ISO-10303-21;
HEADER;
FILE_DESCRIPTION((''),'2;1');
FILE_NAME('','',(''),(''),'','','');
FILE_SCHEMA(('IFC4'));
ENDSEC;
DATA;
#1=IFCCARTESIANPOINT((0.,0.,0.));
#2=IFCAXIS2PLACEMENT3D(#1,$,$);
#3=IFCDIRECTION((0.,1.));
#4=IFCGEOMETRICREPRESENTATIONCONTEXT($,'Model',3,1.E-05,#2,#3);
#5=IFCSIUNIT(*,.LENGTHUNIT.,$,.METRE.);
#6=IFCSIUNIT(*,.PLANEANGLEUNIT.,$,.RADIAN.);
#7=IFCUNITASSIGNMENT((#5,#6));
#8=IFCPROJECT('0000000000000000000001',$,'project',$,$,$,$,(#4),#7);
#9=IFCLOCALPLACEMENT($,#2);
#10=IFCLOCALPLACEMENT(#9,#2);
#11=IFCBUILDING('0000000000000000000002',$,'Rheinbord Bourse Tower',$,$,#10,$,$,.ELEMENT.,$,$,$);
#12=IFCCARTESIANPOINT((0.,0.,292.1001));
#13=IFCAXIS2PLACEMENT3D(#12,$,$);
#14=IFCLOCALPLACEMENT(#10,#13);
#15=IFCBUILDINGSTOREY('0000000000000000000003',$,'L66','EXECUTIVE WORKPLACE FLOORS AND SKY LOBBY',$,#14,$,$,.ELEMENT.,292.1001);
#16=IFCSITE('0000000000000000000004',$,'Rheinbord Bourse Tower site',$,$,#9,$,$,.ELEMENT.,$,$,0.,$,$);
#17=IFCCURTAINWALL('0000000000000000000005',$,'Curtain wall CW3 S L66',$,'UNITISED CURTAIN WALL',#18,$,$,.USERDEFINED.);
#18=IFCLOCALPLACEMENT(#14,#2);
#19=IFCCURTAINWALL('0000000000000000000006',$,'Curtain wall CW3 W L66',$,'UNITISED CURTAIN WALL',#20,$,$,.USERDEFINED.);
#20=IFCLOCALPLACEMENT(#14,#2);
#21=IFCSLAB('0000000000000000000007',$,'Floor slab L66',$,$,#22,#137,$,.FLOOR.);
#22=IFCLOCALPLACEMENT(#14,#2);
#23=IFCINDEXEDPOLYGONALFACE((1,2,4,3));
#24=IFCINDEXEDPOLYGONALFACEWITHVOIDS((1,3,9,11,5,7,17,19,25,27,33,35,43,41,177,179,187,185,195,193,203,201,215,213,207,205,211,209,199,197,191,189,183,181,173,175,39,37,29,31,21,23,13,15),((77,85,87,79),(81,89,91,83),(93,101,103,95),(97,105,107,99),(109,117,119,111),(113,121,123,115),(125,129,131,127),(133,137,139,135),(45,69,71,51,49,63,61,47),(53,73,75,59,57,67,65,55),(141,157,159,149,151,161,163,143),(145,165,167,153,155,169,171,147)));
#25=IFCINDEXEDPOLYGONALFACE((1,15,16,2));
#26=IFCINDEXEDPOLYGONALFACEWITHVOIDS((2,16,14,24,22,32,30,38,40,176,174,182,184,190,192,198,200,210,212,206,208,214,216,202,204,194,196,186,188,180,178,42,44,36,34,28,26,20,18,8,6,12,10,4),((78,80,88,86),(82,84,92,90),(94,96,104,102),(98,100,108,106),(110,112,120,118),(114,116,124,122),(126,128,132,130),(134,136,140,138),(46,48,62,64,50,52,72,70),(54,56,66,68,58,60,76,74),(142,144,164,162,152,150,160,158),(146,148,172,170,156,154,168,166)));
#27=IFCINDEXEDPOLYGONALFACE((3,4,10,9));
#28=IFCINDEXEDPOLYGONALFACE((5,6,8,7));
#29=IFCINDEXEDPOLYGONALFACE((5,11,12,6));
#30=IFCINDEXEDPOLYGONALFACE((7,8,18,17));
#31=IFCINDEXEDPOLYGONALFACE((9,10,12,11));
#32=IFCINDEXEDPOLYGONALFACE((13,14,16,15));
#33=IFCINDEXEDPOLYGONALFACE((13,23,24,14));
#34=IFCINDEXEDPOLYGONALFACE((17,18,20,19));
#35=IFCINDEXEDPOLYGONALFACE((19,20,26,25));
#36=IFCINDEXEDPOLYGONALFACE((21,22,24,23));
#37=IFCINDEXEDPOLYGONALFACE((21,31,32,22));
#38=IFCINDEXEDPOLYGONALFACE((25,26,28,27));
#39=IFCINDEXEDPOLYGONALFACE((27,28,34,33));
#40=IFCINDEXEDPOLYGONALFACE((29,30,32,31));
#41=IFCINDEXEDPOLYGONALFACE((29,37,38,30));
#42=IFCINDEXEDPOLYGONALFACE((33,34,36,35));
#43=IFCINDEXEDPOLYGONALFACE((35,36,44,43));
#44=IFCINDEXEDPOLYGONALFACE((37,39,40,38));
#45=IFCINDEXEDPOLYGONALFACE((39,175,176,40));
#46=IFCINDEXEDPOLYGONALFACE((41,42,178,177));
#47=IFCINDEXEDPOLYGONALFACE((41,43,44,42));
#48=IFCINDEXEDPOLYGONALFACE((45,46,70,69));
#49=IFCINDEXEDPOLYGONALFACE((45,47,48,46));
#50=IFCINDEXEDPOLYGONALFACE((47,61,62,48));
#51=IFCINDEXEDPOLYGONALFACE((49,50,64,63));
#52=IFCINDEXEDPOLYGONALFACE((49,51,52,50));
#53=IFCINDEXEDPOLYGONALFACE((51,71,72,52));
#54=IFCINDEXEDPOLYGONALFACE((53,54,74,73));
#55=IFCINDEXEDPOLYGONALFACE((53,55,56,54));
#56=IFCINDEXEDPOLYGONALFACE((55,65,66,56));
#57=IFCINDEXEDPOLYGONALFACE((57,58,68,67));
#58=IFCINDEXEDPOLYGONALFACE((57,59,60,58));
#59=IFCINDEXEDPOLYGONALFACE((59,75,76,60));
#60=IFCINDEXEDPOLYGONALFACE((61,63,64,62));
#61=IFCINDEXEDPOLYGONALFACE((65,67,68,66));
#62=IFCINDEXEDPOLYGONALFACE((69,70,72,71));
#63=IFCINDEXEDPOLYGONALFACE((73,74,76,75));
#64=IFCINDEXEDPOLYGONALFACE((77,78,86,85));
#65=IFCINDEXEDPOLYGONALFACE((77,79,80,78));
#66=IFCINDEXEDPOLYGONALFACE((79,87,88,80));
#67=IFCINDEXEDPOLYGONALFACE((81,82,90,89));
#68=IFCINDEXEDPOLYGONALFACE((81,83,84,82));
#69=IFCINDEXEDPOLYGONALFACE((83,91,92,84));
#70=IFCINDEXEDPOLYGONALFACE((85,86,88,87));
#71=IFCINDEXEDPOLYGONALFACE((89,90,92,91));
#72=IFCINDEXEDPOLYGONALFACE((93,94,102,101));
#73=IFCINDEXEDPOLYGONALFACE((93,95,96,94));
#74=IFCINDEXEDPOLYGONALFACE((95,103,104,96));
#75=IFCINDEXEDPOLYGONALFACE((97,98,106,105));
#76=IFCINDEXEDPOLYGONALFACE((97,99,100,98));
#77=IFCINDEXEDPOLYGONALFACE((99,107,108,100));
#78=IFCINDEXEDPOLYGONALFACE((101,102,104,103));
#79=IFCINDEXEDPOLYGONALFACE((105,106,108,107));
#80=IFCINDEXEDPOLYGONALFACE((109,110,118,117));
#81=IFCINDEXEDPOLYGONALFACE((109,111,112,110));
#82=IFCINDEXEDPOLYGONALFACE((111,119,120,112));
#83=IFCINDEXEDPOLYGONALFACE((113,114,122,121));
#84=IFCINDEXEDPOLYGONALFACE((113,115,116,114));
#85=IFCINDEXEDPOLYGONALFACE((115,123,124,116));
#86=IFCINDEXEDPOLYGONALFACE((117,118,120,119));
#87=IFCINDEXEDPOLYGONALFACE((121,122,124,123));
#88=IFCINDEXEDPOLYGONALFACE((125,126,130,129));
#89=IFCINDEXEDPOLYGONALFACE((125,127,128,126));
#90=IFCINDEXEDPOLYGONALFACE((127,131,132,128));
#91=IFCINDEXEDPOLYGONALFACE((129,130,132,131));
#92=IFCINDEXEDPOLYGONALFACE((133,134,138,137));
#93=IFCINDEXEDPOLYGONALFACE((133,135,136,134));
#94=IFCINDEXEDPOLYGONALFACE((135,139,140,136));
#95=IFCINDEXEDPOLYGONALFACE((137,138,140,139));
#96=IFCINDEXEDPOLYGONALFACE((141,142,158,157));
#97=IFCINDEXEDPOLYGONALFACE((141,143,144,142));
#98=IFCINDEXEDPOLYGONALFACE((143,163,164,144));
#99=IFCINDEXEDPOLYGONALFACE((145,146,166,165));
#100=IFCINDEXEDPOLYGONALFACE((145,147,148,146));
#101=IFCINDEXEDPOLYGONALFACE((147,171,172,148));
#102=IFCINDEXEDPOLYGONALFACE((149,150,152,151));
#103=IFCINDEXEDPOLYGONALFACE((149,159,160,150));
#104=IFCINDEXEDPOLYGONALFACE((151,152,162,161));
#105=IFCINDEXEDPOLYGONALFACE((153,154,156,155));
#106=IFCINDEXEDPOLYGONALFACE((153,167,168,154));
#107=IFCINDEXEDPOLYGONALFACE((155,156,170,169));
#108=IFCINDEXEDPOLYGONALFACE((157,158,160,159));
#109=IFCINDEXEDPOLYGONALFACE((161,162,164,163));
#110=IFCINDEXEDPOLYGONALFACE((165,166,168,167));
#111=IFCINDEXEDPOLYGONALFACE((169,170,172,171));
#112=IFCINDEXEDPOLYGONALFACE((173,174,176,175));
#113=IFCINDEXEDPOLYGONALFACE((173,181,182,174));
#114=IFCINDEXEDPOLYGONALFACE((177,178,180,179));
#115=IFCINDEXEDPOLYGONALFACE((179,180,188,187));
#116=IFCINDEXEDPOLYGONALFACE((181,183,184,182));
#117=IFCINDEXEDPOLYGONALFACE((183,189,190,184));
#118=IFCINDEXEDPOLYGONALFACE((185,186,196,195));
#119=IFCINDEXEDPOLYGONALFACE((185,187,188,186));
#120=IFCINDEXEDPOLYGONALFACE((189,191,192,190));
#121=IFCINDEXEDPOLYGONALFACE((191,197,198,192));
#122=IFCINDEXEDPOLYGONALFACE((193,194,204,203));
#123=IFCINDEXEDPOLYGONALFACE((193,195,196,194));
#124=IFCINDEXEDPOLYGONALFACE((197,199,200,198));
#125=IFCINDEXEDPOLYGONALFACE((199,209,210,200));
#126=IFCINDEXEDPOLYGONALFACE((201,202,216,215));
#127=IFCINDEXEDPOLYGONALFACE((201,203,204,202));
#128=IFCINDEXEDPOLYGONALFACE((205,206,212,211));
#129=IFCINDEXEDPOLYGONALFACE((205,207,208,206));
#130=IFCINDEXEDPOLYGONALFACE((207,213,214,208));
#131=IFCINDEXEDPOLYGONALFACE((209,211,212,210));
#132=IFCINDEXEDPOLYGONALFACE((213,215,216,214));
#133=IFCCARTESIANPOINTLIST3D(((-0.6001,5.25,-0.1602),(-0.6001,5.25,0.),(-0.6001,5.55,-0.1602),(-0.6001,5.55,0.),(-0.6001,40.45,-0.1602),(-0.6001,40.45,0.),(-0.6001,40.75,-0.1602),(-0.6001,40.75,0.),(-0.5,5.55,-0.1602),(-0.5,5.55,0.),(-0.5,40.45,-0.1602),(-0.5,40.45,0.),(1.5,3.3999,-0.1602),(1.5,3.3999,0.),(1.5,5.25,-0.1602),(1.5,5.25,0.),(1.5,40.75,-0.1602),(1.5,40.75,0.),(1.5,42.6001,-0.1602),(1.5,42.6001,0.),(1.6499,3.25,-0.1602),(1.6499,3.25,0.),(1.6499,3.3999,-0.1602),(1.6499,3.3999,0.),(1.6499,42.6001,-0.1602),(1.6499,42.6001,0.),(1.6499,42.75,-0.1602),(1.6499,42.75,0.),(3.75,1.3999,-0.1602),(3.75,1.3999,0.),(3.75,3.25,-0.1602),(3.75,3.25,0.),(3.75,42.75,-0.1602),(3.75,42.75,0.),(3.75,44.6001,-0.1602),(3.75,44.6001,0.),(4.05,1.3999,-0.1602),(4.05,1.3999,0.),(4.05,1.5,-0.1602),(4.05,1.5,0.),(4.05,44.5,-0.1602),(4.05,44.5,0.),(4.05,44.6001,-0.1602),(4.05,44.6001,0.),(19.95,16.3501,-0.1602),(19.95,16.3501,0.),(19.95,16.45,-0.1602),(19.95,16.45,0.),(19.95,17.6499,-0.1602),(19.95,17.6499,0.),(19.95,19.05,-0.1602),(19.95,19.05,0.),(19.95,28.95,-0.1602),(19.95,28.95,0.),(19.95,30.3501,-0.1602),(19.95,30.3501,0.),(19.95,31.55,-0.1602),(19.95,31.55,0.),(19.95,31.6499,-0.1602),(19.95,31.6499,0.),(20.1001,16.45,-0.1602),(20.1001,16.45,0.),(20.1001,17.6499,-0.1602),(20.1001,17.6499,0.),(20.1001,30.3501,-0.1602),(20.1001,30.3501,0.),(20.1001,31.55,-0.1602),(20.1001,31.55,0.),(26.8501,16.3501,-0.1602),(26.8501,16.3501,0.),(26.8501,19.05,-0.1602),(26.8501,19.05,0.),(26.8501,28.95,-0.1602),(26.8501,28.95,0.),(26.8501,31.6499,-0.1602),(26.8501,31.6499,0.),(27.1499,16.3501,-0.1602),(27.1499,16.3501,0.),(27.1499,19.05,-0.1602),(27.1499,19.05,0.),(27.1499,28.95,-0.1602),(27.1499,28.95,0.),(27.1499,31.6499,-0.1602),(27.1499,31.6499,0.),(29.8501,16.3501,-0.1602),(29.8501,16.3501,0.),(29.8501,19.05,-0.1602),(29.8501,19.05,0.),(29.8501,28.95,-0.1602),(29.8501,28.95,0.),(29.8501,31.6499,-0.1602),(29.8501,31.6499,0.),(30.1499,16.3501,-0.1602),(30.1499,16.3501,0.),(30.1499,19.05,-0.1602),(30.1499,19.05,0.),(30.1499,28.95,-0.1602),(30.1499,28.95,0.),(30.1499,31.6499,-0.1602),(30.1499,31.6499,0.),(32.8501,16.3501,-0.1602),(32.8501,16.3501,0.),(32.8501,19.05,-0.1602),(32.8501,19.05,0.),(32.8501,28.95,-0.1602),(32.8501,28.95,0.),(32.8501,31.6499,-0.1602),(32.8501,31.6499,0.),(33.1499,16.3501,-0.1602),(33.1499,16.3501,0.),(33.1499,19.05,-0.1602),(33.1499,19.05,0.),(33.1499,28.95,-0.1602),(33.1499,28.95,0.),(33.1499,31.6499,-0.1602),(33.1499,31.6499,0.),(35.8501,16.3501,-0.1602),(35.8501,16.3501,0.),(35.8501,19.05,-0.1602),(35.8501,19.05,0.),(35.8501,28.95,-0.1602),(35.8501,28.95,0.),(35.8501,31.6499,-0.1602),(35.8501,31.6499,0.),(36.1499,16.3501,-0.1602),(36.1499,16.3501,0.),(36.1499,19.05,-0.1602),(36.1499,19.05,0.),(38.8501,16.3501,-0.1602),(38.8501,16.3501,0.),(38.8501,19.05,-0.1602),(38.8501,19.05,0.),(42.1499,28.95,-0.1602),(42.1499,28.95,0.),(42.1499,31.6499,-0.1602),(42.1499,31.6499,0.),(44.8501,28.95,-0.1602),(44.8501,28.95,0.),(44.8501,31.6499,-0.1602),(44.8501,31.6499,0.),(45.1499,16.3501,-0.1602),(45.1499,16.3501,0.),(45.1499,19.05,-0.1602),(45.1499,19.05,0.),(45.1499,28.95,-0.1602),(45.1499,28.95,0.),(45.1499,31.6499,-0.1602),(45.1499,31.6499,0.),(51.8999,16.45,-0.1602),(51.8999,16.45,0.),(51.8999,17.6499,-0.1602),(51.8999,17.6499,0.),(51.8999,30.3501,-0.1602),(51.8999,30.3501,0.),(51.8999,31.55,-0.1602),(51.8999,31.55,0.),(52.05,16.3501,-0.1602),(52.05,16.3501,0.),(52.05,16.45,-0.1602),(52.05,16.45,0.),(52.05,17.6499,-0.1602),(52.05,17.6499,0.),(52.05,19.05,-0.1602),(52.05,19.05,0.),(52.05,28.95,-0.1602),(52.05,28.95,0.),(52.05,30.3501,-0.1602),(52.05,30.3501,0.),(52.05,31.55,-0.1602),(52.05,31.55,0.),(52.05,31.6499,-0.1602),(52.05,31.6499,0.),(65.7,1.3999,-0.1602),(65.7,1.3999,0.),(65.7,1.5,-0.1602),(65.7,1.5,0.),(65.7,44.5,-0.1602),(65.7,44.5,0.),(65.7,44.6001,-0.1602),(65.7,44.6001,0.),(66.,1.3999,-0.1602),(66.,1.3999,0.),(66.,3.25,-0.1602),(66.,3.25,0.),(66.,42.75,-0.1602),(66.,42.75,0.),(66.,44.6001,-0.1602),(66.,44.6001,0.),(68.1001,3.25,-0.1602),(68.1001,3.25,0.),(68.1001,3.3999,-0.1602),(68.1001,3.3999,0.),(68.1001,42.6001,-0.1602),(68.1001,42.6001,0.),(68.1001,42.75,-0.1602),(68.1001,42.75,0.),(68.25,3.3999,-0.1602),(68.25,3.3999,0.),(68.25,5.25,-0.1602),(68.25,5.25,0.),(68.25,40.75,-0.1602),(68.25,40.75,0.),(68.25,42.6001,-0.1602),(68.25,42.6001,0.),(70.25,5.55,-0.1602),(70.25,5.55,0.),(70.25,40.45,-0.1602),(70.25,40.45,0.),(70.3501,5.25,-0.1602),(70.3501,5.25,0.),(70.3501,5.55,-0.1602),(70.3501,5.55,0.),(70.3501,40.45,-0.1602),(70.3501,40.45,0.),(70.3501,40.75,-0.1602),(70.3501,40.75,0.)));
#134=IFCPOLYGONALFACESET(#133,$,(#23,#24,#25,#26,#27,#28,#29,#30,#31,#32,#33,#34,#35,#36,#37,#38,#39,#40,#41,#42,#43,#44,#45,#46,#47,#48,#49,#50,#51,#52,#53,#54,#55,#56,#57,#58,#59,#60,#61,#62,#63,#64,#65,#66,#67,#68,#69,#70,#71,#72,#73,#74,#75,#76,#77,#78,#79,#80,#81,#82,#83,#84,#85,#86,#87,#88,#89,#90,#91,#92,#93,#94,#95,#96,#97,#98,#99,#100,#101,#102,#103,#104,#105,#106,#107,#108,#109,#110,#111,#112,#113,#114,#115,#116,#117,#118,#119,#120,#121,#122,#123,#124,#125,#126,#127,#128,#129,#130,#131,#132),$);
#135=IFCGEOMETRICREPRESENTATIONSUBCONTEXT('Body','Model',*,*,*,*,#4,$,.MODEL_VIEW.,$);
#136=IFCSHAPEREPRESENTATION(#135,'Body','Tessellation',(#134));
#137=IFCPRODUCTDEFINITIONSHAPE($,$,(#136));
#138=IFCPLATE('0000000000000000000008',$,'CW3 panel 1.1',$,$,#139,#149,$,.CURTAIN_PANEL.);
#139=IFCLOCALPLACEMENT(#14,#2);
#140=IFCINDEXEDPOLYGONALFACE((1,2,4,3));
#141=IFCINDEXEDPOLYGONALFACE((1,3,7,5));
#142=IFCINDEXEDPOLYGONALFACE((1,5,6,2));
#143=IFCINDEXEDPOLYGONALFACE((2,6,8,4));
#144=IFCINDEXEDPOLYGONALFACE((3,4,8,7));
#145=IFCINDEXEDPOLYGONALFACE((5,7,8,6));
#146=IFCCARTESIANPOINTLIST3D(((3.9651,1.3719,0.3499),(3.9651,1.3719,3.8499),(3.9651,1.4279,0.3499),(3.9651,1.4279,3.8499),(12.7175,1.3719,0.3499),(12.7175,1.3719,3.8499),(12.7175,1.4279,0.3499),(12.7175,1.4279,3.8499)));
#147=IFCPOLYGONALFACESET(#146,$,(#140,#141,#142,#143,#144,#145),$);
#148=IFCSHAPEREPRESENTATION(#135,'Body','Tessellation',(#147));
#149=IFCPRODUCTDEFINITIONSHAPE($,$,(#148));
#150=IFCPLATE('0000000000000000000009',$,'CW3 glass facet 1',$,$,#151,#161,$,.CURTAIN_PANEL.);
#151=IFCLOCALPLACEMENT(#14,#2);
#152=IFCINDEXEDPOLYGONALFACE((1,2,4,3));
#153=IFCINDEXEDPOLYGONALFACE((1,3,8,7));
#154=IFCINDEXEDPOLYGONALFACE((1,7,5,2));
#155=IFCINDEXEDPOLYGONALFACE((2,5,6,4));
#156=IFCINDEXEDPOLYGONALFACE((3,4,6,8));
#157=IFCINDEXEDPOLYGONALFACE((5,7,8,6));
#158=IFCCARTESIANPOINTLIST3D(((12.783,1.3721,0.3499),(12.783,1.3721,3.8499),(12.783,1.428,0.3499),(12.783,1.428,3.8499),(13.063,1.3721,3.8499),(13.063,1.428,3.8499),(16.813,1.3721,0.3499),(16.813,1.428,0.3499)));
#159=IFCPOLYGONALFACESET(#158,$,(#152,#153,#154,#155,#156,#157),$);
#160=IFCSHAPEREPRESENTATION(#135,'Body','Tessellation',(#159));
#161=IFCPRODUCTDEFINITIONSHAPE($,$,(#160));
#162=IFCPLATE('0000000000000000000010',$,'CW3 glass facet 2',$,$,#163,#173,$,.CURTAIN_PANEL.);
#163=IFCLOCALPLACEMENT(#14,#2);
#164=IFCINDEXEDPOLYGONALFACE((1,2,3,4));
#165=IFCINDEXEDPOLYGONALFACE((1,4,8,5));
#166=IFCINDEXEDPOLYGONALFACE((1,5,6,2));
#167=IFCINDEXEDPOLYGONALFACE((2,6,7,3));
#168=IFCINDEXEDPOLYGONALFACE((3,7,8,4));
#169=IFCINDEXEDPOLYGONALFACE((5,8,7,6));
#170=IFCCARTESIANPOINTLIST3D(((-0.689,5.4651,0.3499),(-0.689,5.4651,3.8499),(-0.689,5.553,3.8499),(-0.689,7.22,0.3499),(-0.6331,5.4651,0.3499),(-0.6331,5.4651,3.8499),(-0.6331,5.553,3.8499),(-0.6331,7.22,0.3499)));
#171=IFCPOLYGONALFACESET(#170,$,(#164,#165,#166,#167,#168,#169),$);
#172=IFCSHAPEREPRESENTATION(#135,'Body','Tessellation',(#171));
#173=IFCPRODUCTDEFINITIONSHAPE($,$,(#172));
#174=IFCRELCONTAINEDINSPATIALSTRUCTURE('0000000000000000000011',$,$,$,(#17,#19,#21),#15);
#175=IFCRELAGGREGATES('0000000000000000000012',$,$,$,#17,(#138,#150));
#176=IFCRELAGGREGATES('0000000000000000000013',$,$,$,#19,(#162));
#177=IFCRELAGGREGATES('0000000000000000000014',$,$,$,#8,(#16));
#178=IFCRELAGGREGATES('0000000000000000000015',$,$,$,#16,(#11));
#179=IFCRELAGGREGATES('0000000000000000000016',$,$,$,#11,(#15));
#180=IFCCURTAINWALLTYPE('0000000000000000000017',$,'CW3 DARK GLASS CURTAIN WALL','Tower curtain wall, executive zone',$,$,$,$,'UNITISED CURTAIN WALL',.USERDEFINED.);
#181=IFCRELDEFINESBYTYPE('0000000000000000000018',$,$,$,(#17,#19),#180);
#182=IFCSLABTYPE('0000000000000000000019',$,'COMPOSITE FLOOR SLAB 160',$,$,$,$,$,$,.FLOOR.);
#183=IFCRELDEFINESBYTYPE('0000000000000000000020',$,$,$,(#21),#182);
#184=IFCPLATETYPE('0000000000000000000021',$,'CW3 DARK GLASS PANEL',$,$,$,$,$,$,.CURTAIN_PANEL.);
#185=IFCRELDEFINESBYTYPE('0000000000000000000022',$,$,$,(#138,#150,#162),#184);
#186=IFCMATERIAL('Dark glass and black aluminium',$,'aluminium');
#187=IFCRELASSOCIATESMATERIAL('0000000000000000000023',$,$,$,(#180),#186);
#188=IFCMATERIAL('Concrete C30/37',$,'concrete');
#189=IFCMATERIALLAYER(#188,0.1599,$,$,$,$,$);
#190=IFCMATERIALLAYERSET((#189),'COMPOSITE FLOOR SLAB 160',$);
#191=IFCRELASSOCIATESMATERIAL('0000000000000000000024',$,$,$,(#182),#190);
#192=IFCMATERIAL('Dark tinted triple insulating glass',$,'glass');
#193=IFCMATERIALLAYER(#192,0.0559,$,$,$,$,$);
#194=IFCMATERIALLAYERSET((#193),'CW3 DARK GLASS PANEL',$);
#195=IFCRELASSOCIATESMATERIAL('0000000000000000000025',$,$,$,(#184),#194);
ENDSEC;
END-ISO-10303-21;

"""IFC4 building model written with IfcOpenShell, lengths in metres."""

from ifc_helpers import new_model, si_unit, direction, frame, origin, origin_2d, place, context, subcontext, project, spatial, polyline, rectangle, outline, extrude, material, layer, layer_set, type_object, element, aggregate, save


model = new_model("IFC4")

# Units and contexts
model_context = context("Model", 3, precision=1e-05, world=origin(), true_north=direction((0.0, 1.0)))
body_context = subcontext(model_context, "Body", "Model", "MODEL_VIEW")
ifc_project = project(units=[si_unit("LENGTHUNIT", "METRE"), si_unit("PLANEANGLEUNIT", "RADIAN")], contexts=[model_context])

# Site, building, storey
site_placement = place(None, origin())
site = spatial("IfcSite", under=ifc_project, at=site_placement, Name="Rheinbord Bourse Tower site", CompositionType="ELEMENT", RefElevation=0.0)
building_placement = place(site_placement, origin())
building = spatial("IfcBuilding", under=site, at=building_placement, Name="Rheinbord Bourse Tower", CompositionType="ELEMENT")
storey_placement = place(building_placement, frame((0.0, 0.0, 292.1001)))
storey = spatial("IfcBuildingStorey", under=building, at=storey_placement, Name="L66", Description="EXECUTIVE WORKPLACE FLOORS AND SKY LOBBY", CompositionType="ELEMENT", Elevation=292.1001)

# Curtain wall
ifc_material_1 = material(Name="Dark glass and black aluminium", Category="aluminium")
curtain_wall_type = type_object("IfcCurtainWallType", Name="CW3 DARK GLASS CURTAIN WALL", Description="Tower curtain wall, executive zone", ElementType="UNITISED CURTAIN WALL", PredefinedType="USERDEFINED", material=ifc_material_1)
curtain_wall_1_placement = place(storey_placement, origin())
curtain_wall_1 = element("IfcCurtainWall", 1, at=curtain_wall_1_placement, inside=storey, type_object=curtain_wall_type, Name="Curtain wall CW3 S L66", ObjectType="UNITISED CURTAIN WALL", PredefinedType="USERDEFINED")

# Curtain wall
curtain_wall_2_placement = place(storey_placement, origin())
curtain_wall_2 = element("IfcCurtainWall", 2, at=curtain_wall_2_placement, inside=storey, type_object=curtain_wall_type, Name="Curtain wall CW3 W L66", ObjectType="UNITISED CURTAIN WALL", PredefinedType="USERDEFINED")

# Slab
ifc_material_2 = material(Name="Concrete C30/37", Category="concrete")
ifc_layer_1 = layer(ifc_material_2, 0.1599)
ifc_layer_set_1 = layer_set([ifc_layer_1], Name="COMPOSITE FLOOR SLAB 160")
slab_type_1 = type_object("IfcSlabType", Name="COMPOSITE FLOOR SLAB 160", PredefinedType="FLOOR", material=ifc_layer_set_1)
slab_1_placement = place(storey_placement, frame((0.0, 0.0, -0.1602)))
element("IfcSlab", 3, at=slab_1_placement, inside=storey, type_object=slab_type_1, Name="Floor slab L66", PredefinedType="FLOOR", context=body_context, shape_type="SweptSolid", body=[
    extrude(outline(polyline([(1.6499, 3.3999), (1.5, 3.3999), (1.5, 5.25), (-0.6001, 5.25), (-0.6001, 5.55), (-0.5, 5.55), (-0.5, 40.45), (-0.6001, 40.45), (-0.6001, 40.75), (1.5, 40.75), (1.5, 42.6001), (1.6499, 42.6001), (1.6499, 42.75), (3.75, 42.75), (3.75, 44.6001), (4.05, 44.6001), (4.05, 44.5), (65.7, 44.5), (65.7, 44.6001), (66.0, 44.6001), (66.0, 42.75), (68.1001, 42.75), (68.1001, 42.6001), (68.25, 42.6001), (68.25, 40.75), (70.3501, 40.75), (70.3501, 40.45), (70.25, 40.45), (70.25, 5.55), (70.3501, 5.55), (70.3501, 5.25), (68.25, 5.25), (68.25, 3.3999), (68.1001, 3.3999), (68.1001, 3.25), (66.0, 3.25), (66.0, 1.3999), (65.7, 1.3999), (65.7, 1.5), (4.05, 1.5), (4.05, 1.3999), (3.75, 1.3999), (3.75, 3.25), (1.6499, 3.25), (1.6499, 3.3999)]), holes=[polyline([(19.95, 19.05), (26.8501, 19.05), (26.8501, 16.3501), (19.95, 16.3501), (19.95, 16.45), (20.1001, 16.45), (20.1001, 17.6499), (19.95, 17.6499), (19.95, 19.05)]), polyline([(19.95, 31.6499), (26.8501, 31.6499), (26.8501, 28.95), (19.95, 28.95), (19.95, 30.3501), (20.1001, 30.3501), (20.1001, 31.55), (19.95, 31.55), (19.95, 31.6499)]), polyline([(52.05, 16.3501), (45.1499, 16.3501), (45.1499, 19.05), (52.05, 19.05), (52.05, 17.6499), (51.8999, 17.6499), (51.8999, 16.45), (52.05, 16.45), (52.05, 16.3501)]), polyline([(52.05, 28.95), (45.1499, 28.95), (45.1499, 31.6499), (52.05, 31.6499), (52.05, 31.55), (51.8999, 31.55), (51.8999, 30.3501), (52.05, 30.3501), (52.05, 28.95)]), polyline([(27.1499, 16.3501), (27.1499, 19.05), (29.8501, 19.05), (29.8501, 16.3501), (27.1499, 16.3501)]), polyline([(27.1499, 28.95), (27.1499, 31.6499), (29.8501, 31.6499), (29.8501, 28.95), (27.1499, 28.95)]), polyline([(30.1499, 16.3501), (30.1499, 19.05), (32.8501, 19.05), (32.8501, 16.3501), (30.1499, 16.3501)]), polyline([(30.1499, 28.95), (30.1499, 31.6499), (32.8501, 31.6499), (32.8501, 28.95), (30.1499, 28.95)]), polyline([(33.1499, 16.3501), (33.1499, 19.05), (35.8501, 19.05), (35.8501, 16.3501), (33.1499, 16.3501)]), polyline([(33.1499, 28.95), (33.1499, 31.6499), (35.8501, 31.6499), (35.8501, 28.95), (33.1499, 28.95)]), polyline([(36.1499, 16.3501), (36.1499, 19.05), (38.8501, 19.05), (38.8501, 16.3501), (36.1499, 16.3501)]), polyline([(42.1499, 28.95), (42.1499, 31.6499), (44.8501, 31.6499), (44.8501, 28.95), (42.1499, 28.95)])]), origin(), (0.0, 0.0, 1.0), 0.1602),
])

# Plates
ifc_material_3 = material(Name="Dark tinted triple insulating glass", Category="glass")
ifc_layer_2 = layer(ifc_material_3, 0.0559)
ifc_layer_set_2 = layer_set([ifc_layer_2], Name="CW3 DARK GLASS PANEL")
plate_type = type_object("IfcPlateType", Name="CW3 DARK GLASS PANEL", PredefinedType="CURTAIN_PANEL", material=ifc_layer_set_2)
plate_1_placement = place(storey_placement, frame((8.3413, 1.3999, 0.3499), z_axis=(0.0, 0.0, 1.0), x_axis=(1.0, 0.0, 0.0)))
plate_1 = element("IfcPlate", 4, at=plate_1_placement, type_object=plate_type, Name="CW3 panel 1.1", PredefinedType="CURTAIN_PANEL", context=body_context, shape_type="SweptSolid", body=[
    extrude(rectangle(XDim=8.7524, YDim=0.0559, at=origin_2d()), origin(), (0.0, 0.0, 1.0), 3.5),
])
plate_2_placement = place(storey_placement, frame((12.783, 1.3721, 0.3499), z_axis=(0.0, 1.0, 0.0), x_axis=(0.0, 0.0, 1.0)))
plate_2 = element("IfcPlate", 5, at=plate_2_placement, type_object=plate_type, Name="CW3 glass facet 1", PredefinedType="CURTAIN_PANEL", context=body_context, shape_type="SweptSolid", body=[
    extrude(outline(polyline([(0.0, 0.0), (3.5, 0.0), (3.5, 0.28), (0.0, 4.03), (0.0, 0.0)])), origin(), (0.0, 0.0, 1.0), 0.0559),
])
aggregate(curtain_wall_1, [plate_1, plate_2])
plate_3_placement = place(storey_placement, frame((-0.689, 5.4651, 3.8499), z_axis=(1.0, 0.0, 0.0), x_axis=(0.0, 0.0, -1.0)))
plate_3 = element("IfcPlate", 6, at=plate_3_placement, type_object=plate_type, Name="CW3 glass facet 2", PredefinedType="CURTAIN_PANEL", context=body_context, shape_type="SweptSolid", body=[
    extrude(outline(polyline([(0.0, 0.0), (3.5, 0.0), (3.5, 1.7549), (0.0, 0.0879), (0.0, 0.0)])), origin(), (0.0, 0.0, 1.0), 0.0559),
])
aggregate(curtain_wall_2, [plate_3])

save(model, "model.ifc")
